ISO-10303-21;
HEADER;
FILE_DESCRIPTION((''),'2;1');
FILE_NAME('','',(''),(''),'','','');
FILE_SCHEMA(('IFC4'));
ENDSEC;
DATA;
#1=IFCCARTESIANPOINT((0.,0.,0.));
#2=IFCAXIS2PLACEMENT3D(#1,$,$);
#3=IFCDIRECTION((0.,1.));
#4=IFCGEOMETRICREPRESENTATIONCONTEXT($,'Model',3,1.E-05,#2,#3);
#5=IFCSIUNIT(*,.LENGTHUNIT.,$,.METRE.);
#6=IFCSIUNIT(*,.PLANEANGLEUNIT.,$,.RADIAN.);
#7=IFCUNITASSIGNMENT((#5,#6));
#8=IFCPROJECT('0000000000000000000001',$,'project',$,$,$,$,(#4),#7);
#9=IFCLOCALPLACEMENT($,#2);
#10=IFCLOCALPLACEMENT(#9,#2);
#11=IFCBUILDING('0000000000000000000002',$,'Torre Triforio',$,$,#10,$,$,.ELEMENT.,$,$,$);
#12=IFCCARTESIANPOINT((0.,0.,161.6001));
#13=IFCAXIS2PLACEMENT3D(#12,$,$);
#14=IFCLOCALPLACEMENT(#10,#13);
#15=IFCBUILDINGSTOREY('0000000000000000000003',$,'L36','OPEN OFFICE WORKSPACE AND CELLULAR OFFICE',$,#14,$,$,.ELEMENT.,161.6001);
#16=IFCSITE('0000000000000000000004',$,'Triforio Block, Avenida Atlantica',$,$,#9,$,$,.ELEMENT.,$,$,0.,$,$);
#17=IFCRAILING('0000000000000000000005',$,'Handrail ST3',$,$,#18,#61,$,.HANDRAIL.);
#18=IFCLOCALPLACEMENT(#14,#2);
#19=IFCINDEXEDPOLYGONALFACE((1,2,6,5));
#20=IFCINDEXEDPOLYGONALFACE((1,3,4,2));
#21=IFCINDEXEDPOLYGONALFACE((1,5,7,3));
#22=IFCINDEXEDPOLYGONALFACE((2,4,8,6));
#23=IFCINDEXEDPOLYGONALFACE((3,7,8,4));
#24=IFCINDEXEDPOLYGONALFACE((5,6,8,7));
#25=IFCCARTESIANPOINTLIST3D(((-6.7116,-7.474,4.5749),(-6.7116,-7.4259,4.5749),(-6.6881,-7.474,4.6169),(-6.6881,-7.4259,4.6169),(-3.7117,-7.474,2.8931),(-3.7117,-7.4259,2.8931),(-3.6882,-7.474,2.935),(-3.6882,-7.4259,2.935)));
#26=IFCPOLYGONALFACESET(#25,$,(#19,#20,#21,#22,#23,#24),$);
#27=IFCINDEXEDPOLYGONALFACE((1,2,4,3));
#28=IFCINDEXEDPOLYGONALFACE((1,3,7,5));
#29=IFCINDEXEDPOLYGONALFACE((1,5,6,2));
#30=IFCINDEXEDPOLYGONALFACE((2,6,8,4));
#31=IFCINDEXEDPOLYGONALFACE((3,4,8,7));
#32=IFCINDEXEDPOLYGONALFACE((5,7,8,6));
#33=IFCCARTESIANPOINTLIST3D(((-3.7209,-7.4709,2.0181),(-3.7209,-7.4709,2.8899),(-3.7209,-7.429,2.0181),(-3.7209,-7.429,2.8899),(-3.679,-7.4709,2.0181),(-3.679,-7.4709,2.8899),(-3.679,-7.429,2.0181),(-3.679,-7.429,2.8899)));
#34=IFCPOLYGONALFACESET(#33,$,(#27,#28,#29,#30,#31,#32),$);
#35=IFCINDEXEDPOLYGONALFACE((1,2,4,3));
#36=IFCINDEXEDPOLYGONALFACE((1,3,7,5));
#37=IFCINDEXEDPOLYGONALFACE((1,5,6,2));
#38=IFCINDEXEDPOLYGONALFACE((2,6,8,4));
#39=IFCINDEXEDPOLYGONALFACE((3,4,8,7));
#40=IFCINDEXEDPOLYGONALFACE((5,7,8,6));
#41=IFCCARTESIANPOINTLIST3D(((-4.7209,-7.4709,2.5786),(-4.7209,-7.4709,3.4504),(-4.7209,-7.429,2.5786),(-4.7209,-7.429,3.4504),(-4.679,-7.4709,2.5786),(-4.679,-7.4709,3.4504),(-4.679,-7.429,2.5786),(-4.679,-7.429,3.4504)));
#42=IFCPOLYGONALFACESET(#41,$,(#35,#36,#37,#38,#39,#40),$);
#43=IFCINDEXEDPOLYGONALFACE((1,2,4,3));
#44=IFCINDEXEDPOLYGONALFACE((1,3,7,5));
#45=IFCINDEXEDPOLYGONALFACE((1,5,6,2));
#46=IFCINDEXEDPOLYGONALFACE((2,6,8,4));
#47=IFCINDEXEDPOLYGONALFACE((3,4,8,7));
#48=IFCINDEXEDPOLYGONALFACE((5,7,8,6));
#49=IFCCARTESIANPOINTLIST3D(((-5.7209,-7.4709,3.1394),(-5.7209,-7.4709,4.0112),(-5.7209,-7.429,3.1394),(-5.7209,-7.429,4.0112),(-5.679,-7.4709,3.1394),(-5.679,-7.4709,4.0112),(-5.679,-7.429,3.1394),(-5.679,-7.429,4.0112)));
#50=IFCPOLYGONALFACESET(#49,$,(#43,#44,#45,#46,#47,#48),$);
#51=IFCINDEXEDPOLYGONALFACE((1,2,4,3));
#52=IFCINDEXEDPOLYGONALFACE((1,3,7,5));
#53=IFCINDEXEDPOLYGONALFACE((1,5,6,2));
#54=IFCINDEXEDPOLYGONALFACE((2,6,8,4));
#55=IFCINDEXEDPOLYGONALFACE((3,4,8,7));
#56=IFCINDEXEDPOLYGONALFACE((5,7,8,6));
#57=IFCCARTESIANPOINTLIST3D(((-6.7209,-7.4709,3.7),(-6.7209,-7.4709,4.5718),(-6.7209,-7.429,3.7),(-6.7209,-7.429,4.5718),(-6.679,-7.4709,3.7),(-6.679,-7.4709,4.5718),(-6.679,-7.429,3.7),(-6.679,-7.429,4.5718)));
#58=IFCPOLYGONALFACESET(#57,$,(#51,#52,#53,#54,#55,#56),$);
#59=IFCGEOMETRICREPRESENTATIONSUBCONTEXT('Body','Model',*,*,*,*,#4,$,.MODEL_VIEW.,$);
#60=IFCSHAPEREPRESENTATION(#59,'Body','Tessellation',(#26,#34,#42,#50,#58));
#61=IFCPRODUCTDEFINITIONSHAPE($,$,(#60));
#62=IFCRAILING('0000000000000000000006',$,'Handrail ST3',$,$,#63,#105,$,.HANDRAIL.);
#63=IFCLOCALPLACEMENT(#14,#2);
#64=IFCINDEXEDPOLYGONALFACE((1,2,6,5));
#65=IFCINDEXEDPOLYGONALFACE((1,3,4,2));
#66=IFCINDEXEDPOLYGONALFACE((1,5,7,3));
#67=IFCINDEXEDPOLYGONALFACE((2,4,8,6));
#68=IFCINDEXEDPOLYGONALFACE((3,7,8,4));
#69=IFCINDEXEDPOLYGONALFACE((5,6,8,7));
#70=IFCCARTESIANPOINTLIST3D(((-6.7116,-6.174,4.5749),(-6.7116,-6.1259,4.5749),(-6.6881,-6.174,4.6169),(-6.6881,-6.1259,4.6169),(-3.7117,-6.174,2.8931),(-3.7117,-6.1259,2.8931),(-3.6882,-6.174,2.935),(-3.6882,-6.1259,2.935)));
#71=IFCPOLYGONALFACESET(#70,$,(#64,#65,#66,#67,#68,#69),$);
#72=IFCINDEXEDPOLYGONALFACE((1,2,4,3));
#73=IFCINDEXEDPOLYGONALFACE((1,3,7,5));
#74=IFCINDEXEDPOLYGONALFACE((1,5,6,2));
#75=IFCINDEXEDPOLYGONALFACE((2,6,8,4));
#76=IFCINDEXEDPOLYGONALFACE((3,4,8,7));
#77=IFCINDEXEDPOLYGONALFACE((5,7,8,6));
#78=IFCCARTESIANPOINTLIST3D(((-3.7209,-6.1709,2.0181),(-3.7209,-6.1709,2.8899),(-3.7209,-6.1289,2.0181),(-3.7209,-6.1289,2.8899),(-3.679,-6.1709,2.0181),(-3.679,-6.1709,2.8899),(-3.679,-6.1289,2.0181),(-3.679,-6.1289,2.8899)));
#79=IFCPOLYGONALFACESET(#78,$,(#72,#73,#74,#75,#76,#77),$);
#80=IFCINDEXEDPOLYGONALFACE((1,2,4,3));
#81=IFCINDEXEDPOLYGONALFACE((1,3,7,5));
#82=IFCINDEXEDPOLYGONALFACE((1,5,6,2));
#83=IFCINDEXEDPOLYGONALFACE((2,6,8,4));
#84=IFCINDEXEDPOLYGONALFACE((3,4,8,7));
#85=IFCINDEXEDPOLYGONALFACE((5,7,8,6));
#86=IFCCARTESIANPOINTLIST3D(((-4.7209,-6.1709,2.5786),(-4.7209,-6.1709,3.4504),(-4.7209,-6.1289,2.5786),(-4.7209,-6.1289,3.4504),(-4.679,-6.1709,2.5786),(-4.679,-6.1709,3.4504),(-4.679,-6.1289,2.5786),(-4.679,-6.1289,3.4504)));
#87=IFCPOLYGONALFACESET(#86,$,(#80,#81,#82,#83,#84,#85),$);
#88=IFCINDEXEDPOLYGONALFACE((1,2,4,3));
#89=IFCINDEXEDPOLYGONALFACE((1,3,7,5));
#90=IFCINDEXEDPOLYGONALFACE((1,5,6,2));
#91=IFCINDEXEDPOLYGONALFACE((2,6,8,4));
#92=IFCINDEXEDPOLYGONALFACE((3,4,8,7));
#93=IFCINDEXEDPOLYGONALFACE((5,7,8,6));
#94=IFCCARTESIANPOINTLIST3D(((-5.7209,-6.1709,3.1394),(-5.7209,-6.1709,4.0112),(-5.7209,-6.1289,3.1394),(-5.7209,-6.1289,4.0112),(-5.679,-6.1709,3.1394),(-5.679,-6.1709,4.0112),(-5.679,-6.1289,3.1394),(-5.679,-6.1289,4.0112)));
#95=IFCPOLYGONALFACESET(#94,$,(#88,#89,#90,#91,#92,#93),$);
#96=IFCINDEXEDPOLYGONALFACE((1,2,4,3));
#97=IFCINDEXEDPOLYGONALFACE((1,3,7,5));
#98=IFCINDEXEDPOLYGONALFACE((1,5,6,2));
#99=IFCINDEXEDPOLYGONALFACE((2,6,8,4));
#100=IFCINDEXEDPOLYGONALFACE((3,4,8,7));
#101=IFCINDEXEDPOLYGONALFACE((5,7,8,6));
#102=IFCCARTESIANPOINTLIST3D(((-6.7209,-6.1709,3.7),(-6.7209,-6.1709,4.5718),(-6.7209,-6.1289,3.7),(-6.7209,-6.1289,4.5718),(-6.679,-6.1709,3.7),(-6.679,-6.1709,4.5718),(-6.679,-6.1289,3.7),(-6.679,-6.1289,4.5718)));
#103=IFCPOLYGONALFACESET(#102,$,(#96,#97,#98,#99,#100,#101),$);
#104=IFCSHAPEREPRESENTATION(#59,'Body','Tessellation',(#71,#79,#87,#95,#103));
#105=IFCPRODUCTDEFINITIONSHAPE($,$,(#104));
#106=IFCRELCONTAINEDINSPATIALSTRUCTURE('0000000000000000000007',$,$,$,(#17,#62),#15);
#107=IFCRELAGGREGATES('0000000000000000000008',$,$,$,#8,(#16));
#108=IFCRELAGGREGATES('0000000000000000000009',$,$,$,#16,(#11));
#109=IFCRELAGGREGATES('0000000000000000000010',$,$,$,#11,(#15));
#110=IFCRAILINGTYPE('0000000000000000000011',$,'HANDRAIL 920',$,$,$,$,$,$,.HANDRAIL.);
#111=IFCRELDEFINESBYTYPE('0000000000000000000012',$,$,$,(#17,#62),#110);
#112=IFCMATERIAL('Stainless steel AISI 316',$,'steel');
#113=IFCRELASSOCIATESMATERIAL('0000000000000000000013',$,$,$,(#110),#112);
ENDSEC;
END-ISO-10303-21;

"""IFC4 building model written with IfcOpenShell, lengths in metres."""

from ifc_helpers import new_model, si_unit, direction, frame, origin, origin_2d, place, context, subcontext, project, spatial, rectangle, extrude, material, type_object, element, save


model = new_model("IFC4")

# Units and contexts
model_context = context("Model", 3, precision=1e-05, world=origin(), true_north=direction((0.0, 1.0)))
body_context = subcontext(model_context, "Body", "Model", "MODEL_VIEW")
ifc_project = project(units=[si_unit("LENGTHUNIT", "METRE"), si_unit("PLANEANGLEUNIT", "RADIAN")], contexts=[model_context])

# Site, building, storey
site_placement = place(None, origin())
site = spatial("IfcSite", under=ifc_project, at=site_placement, Name="Triforio Block, Avenida Atlantica", CompositionType="ELEMENT", RefElevation=0.0)
building_placement = place(site_placement, origin())
building = spatial("IfcBuilding", under=site, at=building_placement, Name="Torre Triforio", CompositionType="ELEMENT")
storey_placement = place(building_placement, frame((0.0, 0.0, 161.6001)))
storey = spatial("IfcBuildingStorey", under=building, at=storey_placement, Name="L36", Description="OPEN OFFICE WORKSPACE AND CELLULAR OFFICE", CompositionType="ELEMENT", Elevation=161.6001)

# Railings
ifc_material_1 = material(Name="Stainless steel AISI 316", Category="steel")
railing_type = type_object("IfcRailingType", Name="HANDRAIL 920", PredefinedType="HANDRAIL", material=ifc_material_1)
for number, where, name in (
    (1, (-3.7, -7.45, 2.0181), "Handrail ST3"),
    (2, (-3.7, -6.1499, 2.0181), "Handrail ST3"),
):
    element("IfcRailing", number, at=place(storey_placement, frame(where)), inside=storey, type_object=railing_type, Name=name, PredefinedType="HANDRAIL", context=body_context, shape_type="SweptSolid", body=[
        extrude(rectangle(XDim=0.0481, YDim=0.0481, at=origin_2d()), frame((0.0, 0.0, 0.896), z_axis=(-0.872272, 0.0, 0.48902), x_axis=(0.0, -1.0, 0.0)), (0.0, 0.0, 1.0), 3.4392),
        extrude(rectangle(XDim=0.042, YDim=0.042, at=origin_2d()), origin(), (0.0, 0.0, 1.0), 0.8718),
        extrude(rectangle(XDim=0.042, YDim=0.042, at=origin_2d()), frame((-1.0, 0.0, 0.5605)), (0.0, 0.0, 1.0), 0.8718),
        extrude(rectangle(XDim=0.042, YDim=0.042, at=origin_2d()), frame((-2.0, 0.0, 1.1213)), (0.0, 0.0, 1.0), 0.8718),
        extrude(rectangle(XDim=0.042, YDim=0.042, at=origin_2d()), frame((-3.0, 0.0, 1.6819)), (0.0, 0.0, 1.0), 0.8718),
    ])

save(model, "model.ifc")
